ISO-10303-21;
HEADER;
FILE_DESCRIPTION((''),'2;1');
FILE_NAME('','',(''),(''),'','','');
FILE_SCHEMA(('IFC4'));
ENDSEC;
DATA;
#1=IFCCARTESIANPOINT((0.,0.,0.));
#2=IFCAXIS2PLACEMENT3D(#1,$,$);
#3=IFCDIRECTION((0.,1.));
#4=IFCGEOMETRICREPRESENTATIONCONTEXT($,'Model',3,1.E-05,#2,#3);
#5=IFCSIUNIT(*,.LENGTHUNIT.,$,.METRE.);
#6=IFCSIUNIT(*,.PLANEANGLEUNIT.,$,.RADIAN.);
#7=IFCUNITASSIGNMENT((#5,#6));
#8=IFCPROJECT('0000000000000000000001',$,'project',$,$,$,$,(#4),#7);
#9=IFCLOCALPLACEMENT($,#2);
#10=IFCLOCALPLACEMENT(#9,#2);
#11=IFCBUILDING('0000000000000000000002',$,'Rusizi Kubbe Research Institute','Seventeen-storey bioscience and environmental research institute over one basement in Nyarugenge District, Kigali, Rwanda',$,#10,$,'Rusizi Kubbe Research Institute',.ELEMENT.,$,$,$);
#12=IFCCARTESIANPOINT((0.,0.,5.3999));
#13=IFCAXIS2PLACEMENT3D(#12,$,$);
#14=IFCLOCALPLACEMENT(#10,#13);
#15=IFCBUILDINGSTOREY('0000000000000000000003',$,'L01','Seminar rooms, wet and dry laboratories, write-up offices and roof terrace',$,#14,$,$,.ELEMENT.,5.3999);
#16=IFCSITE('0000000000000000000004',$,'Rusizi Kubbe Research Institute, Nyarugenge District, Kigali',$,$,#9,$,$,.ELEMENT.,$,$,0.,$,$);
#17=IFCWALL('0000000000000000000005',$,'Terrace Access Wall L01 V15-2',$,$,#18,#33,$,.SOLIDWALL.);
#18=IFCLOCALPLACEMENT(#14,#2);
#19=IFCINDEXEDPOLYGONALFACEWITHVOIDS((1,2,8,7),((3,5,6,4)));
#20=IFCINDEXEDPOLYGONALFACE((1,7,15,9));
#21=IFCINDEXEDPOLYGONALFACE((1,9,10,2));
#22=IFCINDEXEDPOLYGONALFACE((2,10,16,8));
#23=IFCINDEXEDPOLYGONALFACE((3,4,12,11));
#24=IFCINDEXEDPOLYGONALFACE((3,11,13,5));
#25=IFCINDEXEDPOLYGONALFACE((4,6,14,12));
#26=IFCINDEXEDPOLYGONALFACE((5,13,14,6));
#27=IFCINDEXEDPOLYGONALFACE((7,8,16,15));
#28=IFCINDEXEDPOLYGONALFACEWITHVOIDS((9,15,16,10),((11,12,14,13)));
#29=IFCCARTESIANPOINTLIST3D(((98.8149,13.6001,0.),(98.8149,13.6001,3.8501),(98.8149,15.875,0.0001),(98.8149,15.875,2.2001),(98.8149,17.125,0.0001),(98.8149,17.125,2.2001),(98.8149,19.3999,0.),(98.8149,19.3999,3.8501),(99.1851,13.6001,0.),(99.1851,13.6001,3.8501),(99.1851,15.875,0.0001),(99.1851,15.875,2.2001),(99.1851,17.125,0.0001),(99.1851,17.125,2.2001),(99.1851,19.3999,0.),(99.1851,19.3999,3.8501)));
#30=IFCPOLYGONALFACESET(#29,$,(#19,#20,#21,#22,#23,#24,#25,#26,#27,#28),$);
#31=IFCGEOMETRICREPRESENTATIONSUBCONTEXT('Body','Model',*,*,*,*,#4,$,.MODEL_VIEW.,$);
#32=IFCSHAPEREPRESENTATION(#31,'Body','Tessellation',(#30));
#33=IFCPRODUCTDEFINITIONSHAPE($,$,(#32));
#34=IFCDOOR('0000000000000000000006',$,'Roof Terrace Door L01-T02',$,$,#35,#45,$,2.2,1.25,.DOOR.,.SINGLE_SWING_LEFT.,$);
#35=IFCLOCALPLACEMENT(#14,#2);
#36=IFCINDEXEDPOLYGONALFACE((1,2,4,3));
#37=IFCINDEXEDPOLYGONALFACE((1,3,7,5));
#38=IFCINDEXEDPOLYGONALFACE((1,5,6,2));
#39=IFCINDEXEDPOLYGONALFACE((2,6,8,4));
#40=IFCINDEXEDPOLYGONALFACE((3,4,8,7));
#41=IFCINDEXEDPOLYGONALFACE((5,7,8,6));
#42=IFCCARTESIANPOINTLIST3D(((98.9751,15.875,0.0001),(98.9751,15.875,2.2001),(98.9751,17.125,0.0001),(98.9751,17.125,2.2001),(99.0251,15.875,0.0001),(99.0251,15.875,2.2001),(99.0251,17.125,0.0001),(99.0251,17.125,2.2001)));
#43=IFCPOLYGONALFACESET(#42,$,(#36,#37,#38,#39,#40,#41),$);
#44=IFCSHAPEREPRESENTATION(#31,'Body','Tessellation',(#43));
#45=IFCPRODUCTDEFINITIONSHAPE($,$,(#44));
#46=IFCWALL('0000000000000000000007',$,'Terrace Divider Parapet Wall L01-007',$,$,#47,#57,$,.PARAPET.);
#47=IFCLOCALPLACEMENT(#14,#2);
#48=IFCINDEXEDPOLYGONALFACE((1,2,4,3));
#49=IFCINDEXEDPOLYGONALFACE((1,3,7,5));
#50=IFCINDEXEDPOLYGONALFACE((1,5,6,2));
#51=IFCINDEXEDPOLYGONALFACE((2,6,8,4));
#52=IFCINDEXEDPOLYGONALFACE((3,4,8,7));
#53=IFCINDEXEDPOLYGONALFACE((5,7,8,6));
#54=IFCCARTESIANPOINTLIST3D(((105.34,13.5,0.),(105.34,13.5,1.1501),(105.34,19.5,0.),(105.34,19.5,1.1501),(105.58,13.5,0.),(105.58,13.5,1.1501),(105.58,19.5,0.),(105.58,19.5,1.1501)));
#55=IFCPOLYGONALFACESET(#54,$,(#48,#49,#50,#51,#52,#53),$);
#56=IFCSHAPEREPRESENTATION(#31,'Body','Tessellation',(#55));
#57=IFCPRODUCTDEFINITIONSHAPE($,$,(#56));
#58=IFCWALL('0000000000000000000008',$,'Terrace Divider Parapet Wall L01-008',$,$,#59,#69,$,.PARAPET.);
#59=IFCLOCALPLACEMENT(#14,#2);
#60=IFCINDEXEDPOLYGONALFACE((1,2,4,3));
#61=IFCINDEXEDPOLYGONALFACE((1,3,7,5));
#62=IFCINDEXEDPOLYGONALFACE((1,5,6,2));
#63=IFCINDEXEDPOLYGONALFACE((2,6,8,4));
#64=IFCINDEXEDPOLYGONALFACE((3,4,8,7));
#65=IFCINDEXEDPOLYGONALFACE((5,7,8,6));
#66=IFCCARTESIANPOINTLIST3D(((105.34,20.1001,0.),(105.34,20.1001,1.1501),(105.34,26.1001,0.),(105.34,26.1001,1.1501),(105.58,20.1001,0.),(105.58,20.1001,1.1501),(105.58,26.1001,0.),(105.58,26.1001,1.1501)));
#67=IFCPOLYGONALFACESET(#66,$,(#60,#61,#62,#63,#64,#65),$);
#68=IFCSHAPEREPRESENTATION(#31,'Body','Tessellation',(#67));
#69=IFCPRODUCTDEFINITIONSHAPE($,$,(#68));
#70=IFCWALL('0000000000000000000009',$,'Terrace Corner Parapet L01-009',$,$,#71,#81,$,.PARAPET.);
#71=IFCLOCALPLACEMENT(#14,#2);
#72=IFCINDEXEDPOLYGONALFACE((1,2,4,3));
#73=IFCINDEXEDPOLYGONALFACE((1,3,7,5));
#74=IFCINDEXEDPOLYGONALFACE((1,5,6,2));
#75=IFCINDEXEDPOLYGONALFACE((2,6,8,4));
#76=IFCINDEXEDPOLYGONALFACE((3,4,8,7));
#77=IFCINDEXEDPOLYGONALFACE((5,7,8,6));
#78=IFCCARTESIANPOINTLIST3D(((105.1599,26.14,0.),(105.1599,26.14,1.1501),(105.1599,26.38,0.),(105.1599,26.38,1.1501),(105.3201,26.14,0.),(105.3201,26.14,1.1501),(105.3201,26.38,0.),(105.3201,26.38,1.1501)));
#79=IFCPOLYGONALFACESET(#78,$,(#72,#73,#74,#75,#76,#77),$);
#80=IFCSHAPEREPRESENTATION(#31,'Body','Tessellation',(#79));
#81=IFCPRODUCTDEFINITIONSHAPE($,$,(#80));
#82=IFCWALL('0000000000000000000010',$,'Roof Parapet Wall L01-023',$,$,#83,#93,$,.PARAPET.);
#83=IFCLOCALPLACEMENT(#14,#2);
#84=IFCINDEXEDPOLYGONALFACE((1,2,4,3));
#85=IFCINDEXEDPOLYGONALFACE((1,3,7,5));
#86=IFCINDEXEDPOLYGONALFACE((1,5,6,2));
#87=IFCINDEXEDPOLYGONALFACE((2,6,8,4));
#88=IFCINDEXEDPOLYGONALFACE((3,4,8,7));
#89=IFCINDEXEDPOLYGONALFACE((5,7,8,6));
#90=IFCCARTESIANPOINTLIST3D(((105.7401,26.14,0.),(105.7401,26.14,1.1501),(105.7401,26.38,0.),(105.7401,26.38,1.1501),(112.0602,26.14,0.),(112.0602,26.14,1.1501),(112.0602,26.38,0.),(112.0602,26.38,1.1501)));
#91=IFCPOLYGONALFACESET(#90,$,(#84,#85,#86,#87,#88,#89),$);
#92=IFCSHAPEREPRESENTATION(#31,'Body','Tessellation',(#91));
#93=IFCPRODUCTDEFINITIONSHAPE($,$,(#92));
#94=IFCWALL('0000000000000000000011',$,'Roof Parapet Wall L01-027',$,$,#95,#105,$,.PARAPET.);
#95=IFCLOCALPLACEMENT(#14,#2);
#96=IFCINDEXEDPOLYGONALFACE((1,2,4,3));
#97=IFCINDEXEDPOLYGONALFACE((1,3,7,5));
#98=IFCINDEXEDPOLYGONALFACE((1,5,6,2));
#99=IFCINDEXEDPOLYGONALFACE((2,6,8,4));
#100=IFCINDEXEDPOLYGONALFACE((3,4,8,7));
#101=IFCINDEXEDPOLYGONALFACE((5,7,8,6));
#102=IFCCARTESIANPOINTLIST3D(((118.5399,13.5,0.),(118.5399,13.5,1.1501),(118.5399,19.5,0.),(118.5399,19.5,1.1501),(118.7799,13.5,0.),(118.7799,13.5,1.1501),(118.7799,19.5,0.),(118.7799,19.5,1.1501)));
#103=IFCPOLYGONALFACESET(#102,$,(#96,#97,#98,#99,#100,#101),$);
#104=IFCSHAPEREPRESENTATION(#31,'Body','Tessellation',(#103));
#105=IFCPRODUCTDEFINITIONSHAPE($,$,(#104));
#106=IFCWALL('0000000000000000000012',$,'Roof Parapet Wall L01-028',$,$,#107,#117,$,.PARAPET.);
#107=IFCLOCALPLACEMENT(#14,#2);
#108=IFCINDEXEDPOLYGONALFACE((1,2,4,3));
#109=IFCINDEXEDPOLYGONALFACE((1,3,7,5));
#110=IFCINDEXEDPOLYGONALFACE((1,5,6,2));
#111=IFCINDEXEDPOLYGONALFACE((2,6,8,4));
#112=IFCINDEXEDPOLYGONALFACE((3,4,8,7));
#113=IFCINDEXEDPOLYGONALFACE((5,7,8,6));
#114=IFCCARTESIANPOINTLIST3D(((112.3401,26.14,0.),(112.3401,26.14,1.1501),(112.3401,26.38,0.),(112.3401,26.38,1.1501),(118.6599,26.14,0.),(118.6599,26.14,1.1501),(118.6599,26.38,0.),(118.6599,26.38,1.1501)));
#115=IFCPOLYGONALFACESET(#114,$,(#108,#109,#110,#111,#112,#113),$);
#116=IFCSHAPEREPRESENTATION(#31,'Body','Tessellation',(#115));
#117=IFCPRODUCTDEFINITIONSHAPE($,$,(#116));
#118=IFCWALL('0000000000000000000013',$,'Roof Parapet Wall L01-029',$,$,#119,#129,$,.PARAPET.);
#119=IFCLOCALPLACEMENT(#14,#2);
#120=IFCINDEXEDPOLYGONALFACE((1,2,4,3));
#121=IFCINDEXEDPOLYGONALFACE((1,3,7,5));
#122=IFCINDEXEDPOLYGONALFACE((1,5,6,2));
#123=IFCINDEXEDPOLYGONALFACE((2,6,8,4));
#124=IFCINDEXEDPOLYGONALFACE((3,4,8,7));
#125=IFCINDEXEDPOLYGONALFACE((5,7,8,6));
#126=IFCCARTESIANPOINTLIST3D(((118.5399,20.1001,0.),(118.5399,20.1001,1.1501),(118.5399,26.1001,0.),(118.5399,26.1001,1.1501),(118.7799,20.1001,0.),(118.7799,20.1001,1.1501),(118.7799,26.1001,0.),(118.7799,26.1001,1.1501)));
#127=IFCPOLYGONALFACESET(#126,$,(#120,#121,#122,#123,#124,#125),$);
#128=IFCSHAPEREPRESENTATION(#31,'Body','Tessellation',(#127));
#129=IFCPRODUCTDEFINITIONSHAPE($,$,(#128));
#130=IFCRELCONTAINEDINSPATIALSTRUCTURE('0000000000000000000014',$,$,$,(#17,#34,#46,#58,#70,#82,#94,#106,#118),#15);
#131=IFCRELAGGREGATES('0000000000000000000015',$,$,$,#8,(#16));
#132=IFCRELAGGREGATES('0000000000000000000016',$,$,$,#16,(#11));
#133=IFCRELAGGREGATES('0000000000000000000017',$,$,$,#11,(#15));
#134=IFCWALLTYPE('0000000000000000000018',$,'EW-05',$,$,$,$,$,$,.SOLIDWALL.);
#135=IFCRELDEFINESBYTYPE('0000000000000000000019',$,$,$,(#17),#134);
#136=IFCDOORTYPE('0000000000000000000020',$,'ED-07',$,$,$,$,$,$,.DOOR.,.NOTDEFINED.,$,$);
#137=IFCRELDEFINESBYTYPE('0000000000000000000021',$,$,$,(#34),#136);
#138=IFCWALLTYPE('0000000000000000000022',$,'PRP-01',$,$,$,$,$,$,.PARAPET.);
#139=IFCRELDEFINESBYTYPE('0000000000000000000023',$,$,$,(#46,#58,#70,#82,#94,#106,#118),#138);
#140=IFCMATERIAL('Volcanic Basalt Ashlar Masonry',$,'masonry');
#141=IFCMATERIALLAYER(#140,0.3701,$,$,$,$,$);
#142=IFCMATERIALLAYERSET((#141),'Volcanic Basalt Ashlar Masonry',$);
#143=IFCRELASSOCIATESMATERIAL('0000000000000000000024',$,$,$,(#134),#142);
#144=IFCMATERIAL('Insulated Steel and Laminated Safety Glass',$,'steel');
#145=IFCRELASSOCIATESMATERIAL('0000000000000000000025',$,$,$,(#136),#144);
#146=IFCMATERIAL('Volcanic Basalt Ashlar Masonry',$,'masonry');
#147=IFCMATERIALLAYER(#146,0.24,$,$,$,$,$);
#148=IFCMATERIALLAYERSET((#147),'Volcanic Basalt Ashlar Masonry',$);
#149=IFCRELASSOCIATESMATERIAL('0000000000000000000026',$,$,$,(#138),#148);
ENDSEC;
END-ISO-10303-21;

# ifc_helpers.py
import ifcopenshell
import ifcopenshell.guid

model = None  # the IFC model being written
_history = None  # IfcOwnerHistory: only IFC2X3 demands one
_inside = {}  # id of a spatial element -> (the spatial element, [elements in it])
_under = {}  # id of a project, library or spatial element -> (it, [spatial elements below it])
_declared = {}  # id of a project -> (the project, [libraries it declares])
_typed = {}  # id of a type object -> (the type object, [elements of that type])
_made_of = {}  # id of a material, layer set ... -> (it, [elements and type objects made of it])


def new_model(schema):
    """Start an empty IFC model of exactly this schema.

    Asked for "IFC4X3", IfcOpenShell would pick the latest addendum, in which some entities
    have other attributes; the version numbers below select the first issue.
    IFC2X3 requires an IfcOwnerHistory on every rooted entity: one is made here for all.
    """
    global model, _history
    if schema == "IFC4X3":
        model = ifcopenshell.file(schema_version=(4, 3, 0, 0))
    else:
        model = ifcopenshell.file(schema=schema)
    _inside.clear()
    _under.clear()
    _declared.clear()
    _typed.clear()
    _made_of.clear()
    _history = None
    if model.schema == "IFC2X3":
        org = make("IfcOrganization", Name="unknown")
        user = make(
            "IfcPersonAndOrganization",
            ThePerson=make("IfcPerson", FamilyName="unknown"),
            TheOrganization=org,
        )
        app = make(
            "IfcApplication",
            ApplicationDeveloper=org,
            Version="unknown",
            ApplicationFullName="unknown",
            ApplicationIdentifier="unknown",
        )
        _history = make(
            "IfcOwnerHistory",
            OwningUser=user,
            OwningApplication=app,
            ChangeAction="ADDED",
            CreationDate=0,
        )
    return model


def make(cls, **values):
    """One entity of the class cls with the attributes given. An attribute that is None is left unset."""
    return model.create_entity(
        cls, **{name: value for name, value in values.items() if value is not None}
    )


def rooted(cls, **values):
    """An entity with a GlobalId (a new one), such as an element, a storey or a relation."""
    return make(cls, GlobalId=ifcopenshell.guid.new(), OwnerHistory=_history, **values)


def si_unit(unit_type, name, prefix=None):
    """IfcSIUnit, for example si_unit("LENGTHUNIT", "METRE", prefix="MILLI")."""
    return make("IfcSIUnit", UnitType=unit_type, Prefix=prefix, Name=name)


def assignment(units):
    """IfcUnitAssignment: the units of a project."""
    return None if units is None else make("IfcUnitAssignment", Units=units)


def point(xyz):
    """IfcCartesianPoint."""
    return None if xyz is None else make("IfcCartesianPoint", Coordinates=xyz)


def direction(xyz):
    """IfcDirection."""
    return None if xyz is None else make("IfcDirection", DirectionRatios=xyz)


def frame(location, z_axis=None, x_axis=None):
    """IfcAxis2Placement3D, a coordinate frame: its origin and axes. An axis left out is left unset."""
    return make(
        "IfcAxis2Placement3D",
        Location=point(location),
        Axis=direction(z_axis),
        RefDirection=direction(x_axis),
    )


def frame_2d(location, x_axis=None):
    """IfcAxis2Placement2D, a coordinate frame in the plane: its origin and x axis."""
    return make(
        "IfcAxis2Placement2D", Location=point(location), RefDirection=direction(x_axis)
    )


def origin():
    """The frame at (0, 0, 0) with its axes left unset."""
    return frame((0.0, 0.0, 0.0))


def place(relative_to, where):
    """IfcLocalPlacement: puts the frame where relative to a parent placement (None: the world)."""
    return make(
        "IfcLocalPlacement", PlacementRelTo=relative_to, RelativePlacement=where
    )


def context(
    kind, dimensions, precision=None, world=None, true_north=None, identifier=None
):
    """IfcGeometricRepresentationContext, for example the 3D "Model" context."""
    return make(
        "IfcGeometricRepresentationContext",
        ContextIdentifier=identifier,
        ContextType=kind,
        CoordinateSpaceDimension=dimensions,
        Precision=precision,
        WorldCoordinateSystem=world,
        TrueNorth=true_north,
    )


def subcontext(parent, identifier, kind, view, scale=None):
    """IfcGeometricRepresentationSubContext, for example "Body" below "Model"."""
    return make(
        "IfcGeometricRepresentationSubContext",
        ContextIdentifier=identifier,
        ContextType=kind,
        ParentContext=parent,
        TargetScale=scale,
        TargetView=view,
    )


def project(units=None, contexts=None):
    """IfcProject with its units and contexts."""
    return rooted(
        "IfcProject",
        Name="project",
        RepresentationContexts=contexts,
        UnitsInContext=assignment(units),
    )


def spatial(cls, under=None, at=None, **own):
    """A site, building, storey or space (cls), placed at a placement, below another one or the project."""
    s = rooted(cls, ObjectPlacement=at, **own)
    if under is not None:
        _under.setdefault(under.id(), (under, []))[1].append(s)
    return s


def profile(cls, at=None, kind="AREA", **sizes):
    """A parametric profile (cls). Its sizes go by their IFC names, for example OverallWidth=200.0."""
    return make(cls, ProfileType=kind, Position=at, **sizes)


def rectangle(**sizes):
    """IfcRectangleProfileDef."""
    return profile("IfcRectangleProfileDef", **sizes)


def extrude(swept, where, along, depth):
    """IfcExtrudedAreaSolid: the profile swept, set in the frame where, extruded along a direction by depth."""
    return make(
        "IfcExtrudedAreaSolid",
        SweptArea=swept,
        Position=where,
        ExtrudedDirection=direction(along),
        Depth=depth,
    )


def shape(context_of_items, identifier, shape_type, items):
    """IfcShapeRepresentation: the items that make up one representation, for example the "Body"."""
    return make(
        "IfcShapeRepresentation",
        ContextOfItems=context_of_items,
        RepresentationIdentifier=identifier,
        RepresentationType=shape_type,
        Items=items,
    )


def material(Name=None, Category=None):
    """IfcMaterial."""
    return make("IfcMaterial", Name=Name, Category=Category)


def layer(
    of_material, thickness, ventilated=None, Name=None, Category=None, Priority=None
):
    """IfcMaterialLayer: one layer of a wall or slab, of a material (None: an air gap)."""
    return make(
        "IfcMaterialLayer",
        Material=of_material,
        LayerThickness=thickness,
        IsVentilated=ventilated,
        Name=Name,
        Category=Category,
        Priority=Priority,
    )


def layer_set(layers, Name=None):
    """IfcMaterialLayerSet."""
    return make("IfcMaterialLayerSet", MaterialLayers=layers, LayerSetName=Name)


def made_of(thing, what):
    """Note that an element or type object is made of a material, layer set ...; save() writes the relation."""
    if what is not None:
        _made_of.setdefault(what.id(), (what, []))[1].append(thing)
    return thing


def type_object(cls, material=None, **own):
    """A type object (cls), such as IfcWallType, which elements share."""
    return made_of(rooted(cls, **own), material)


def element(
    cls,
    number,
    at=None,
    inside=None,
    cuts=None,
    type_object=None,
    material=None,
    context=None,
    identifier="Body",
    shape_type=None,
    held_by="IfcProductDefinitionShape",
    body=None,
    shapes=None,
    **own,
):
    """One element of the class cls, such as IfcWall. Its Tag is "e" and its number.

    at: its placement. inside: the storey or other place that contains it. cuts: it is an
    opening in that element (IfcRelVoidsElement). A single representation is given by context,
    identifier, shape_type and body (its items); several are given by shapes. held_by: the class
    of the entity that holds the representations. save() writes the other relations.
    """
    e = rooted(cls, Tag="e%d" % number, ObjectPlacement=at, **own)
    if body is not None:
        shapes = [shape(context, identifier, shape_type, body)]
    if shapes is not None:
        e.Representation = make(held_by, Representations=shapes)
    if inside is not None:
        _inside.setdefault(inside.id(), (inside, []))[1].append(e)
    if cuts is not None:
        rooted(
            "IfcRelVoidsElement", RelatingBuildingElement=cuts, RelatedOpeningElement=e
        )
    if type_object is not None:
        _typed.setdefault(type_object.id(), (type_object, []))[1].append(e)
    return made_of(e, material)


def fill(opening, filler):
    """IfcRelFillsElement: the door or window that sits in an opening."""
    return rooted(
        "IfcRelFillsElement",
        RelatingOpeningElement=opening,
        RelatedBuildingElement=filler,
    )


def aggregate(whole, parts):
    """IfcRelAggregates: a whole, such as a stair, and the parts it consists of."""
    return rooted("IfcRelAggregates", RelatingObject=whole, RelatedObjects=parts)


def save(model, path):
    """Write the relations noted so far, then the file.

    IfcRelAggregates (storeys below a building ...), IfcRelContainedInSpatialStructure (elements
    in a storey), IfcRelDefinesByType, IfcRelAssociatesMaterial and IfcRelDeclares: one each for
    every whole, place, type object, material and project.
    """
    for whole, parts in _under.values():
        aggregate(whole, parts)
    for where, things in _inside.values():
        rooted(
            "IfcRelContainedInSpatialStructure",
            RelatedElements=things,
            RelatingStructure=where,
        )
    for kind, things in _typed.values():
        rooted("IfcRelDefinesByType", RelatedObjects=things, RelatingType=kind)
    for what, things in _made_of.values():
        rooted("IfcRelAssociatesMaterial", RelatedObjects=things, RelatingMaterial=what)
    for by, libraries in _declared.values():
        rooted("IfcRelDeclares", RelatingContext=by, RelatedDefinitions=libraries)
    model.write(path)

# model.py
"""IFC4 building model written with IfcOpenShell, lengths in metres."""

from ifc_helpers import new_model, si_unit, direction, frame, frame_2d, origin, place, context, subcontext, project, spatial, rectangle, extrude, material, layer, layer_set, type_object, element, fill, save


model = new_model("IFC4")

# Units and contexts
model_context = context("Model", 3, precision=1e-05, world=origin(), true_north=direction((0.0, 1.0)))
body_context = subcontext(model_context, "Body", "Model", "MODEL_VIEW")
ifc_project = project(units=[si_unit("LENGTHUNIT", "METRE"), si_unit("PLANEANGLEUNIT", "RADIAN")], contexts=[model_context])

# Site, building, storey
site_placement = place(None, origin())
site = spatial("IfcSite", under=ifc_project, at=site_placement, Name="Rusizi Kubbe Research Institute, Nyarugenge District, Kigali", CompositionType="ELEMENT", RefElevation=0.0)
building_placement = place(site_placement, origin())
building = spatial("IfcBuilding", under=site, at=building_placement, Name="Rusizi Kubbe Research Institute", Description="Seventeen-storey bioscience and environmental research institute over one basement in Nyarugenge District, Kigali, Rwanda", LongName="Rusizi Kubbe Research Institute", CompositionType="ELEMENT")
storey_placement = place(building_placement, frame((0.0, 0.0, 5.3999)))
storey = spatial("IfcBuildingStorey", under=building, at=storey_placement, Name="L01", Description="Seminar rooms, wet and dry laboratories, write-up offices and roof terrace", CompositionType="ELEMENT", Elevation=5.3999)

# Wall, opening, door
ifc_material_1 = material(Name="Volcanic Basalt Ashlar Masonry", Category="masonry")
ifc_layer_1 = layer(ifc_material_1, 0.3701)
ifc_layer_set_1 = layer_set([ifc_layer_1], Name="Volcanic Basalt Ashlar Masonry")
wall_type_1 = type_object("IfcWallType", Name="EW-05", PredefinedType="SOLIDWALL", material=ifc_layer_set_1)
wall_1_placement = place(storey_placement, frame((99.0, 13.6001, 0.0), z_axis=(0.0, 0.0, 1.0), x_axis=(0.0, 1.0, 0.0)))
wall_1 = element("IfcWall", 1, at=wall_1_placement, inside=storey, type_object=wall_type_1, Name="Terrace Access Wall L01 V15-2", PredefinedType="SOLIDWALL", context=body_context, shape_type="SweptSolid", body=[
    extrude(rectangle(XDim=5.7998, YDim=0.3701, at=frame_2d((2.8999, 0.0))), origin(), (0.0, 0.0, 1.0), 3.8501),
])
opening_placement = place(wall_1_placement, frame((2.2749, 0.0, 0.0)))
opening = element("IfcOpeningElement", 2, at=opening_placement, cuts=wall_1, PredefinedType="OPENING", context=body_context, shape_type="SweptSolid", body=[
    extrude(rectangle(XDim=1.25, YDim=2.2, at=frame_2d((0.625, 1.1001))), frame((0.0, 0.1951, 0.0), z_axis=(0.0, -1.0, 0.0), x_axis=(1.0, 0.0, 0.0)), (0.0, 0.0, 1.0), 0.3901),
])
ifc_material_2 = material(Name="Insulated Steel and Laminated Safety Glass", Category="steel")
door_type = type_object("IfcDoorType", Name="ED-07", OperationType="NOTDEFINED", PredefinedType="DOOR", material=ifc_material_2)
door_placement = place(opening_placement, origin())
door = element("IfcDoor", 3, at=door_placement, inside=storey, type_object=door_type, Name="Roof Terrace Door L01-T02", OperationType="SINGLE_SWING_LEFT", OverallHeight=2.2, OverallWidth=1.25, PredefinedType="DOOR", context=body_context, shape_type="SweptSolid", body=[
    extrude(rectangle(XDim=1.25, YDim=2.2, at=frame_2d((0.625, 1.1001))), frame((0.0, 0.0249, 0.0), z_axis=(0.0, -1.0, 0.0), x_axis=(1.0, 0.0, 0.0)), (0.0, 0.0, 1.0), 0.05),
])
fill(opening, door)

# Walls
ifc_material_3 = material(Name="Volcanic Basalt Ashlar Masonry", Category="masonry")
ifc_layer_2 = layer(ifc_material_3, 0.24)
ifc_layer_set_2 = layer_set([ifc_layer_2], Name="Volcanic Basalt Ashlar Masonry")
wall_type_2 = type_object("IfcWallType", Name="PRP-01", PredefinedType="PARAPET", material=ifc_layer_set_2)
for number, where, z_axis, x_axis, name in (
    (4, (105.46, 13.5, 0.0), (0.0, 0.0, 1.0), (0.0, 1.0, 0.0), "Terrace Divider Parapet Wall L01-007"),
    (5, (105.46, 20.1001, 0.0), (0.0, 0.0, 1.0), (0.0, 1.0, 0.0), "Terrace Divider Parapet Wall L01-008"),
):
    element("IfcWall", number, at=place(storey_placement, frame(where, z_axis=z_axis, x_axis=x_axis)), inside=storey, type_object=wall_type_2, Name=name, PredefinedType="PARAPET", context=body_context, shape_type="SweptSolid", body=[
        extrude(rectangle(XDim=6.0, YDim=0.24, at=frame_2d((3.0, 0.0))), origin(), (0.0, 0.0, 1.0), 1.1501),
    ])
wall_2_placement = place(storey_placement, frame((105.1599, 26.26, 0.0), z_axis=(0.0, 0.0, 1.0), x_axis=(1.0, 0.0, 0.0)))
element("IfcWall", 6, at=wall_2_placement, inside=storey, type_object=wall_type_2, Name="Terrace Corner Parapet L01-009", PredefinedType="PARAPET", context=body_context, shape_type="SweptSolid", body=[
    extrude(rectangle(XDim=0.1602, YDim=0.24, at=frame_2d((0.0801, 0.0))), origin(), (0.0, 0.0, 1.0), 1.1501),
])
wall_3_placement = place(storey_placement, frame((105.74, 26.26, 0.0), z_axis=(0.0, 0.0, 1.0), x_axis=(1.0, 0.0, 0.0)))
element("IfcWall", 7, at=wall_3_placement, inside=storey, type_object=wall_type_2, Name="Roof Parapet Wall L01-023", PredefinedType="PARAPET", context=body_context, shape_type="SweptSolid", body=[
    extrude(rectangle(XDim=6.3201, YDim=0.24, at=frame_2d((3.1602, 0.0))), origin(), (0.0, 0.0, 1.0), 1.1501),
])
wall_4_placement = place(storey_placement, frame((118.6599, 13.5, 0.0), z_axis=(0.0, 0.0, 1.0), x_axis=(0.0, 1.0, 0.0)))
element("IfcWall", 8, at=wall_4_placement, inside=storey, type_object=wall_type_2, Name="Roof Parapet Wall L01-027", PredefinedType="PARAPET", context=body_context, shape_type="SweptSolid", body=[
    extrude(rectangle(XDim=6.0, YDim=0.24, at=frame_2d((3.0, 0.0))), origin(), (0.0, 0.0, 1.0), 1.1501),
])
wall_5_placement = place(storey_placement, frame((112.3401, 26.26, 0.0), z_axis=(0.0, 0.0, 1.0), x_axis=(1.0, 0.0, 0.0)))
element("IfcWall", 9, at=wall_5_placement, inside=storey, type_object=wall_type_2, Name="Roof Parapet Wall L01-028", PredefinedType="PARAPET", context=body_context, shape_type="SweptSolid", body=[
    extrude(rectangle(XDim=6.3198, YDim=0.24, at=frame_2d((3.1599, 0.0))), origin(), (0.0, 0.0, 1.0), 1.1501),
])
wall_6_placement = place(storey_placement, frame((118.6599, 20.1001, 0.0), z_axis=(0.0, 0.0, 1.0), x_axis=(0.0, 1.0, 0.0)))
element("IfcWall", 10, at=wall_6_placement, inside=storey, type_object=wall_type_2, Name="Roof Parapet Wall L01-029", PredefinedType="PARAPET", context=body_context, shape_type="SweptSolid", body=[
    extrude(rectangle(XDim=6.0, YDim=0.24, at=frame_2d((3.0, 0.0))), origin(), (0.0, 0.0, 1.0), 1.1501),
])

save(model, "model.ifc")
